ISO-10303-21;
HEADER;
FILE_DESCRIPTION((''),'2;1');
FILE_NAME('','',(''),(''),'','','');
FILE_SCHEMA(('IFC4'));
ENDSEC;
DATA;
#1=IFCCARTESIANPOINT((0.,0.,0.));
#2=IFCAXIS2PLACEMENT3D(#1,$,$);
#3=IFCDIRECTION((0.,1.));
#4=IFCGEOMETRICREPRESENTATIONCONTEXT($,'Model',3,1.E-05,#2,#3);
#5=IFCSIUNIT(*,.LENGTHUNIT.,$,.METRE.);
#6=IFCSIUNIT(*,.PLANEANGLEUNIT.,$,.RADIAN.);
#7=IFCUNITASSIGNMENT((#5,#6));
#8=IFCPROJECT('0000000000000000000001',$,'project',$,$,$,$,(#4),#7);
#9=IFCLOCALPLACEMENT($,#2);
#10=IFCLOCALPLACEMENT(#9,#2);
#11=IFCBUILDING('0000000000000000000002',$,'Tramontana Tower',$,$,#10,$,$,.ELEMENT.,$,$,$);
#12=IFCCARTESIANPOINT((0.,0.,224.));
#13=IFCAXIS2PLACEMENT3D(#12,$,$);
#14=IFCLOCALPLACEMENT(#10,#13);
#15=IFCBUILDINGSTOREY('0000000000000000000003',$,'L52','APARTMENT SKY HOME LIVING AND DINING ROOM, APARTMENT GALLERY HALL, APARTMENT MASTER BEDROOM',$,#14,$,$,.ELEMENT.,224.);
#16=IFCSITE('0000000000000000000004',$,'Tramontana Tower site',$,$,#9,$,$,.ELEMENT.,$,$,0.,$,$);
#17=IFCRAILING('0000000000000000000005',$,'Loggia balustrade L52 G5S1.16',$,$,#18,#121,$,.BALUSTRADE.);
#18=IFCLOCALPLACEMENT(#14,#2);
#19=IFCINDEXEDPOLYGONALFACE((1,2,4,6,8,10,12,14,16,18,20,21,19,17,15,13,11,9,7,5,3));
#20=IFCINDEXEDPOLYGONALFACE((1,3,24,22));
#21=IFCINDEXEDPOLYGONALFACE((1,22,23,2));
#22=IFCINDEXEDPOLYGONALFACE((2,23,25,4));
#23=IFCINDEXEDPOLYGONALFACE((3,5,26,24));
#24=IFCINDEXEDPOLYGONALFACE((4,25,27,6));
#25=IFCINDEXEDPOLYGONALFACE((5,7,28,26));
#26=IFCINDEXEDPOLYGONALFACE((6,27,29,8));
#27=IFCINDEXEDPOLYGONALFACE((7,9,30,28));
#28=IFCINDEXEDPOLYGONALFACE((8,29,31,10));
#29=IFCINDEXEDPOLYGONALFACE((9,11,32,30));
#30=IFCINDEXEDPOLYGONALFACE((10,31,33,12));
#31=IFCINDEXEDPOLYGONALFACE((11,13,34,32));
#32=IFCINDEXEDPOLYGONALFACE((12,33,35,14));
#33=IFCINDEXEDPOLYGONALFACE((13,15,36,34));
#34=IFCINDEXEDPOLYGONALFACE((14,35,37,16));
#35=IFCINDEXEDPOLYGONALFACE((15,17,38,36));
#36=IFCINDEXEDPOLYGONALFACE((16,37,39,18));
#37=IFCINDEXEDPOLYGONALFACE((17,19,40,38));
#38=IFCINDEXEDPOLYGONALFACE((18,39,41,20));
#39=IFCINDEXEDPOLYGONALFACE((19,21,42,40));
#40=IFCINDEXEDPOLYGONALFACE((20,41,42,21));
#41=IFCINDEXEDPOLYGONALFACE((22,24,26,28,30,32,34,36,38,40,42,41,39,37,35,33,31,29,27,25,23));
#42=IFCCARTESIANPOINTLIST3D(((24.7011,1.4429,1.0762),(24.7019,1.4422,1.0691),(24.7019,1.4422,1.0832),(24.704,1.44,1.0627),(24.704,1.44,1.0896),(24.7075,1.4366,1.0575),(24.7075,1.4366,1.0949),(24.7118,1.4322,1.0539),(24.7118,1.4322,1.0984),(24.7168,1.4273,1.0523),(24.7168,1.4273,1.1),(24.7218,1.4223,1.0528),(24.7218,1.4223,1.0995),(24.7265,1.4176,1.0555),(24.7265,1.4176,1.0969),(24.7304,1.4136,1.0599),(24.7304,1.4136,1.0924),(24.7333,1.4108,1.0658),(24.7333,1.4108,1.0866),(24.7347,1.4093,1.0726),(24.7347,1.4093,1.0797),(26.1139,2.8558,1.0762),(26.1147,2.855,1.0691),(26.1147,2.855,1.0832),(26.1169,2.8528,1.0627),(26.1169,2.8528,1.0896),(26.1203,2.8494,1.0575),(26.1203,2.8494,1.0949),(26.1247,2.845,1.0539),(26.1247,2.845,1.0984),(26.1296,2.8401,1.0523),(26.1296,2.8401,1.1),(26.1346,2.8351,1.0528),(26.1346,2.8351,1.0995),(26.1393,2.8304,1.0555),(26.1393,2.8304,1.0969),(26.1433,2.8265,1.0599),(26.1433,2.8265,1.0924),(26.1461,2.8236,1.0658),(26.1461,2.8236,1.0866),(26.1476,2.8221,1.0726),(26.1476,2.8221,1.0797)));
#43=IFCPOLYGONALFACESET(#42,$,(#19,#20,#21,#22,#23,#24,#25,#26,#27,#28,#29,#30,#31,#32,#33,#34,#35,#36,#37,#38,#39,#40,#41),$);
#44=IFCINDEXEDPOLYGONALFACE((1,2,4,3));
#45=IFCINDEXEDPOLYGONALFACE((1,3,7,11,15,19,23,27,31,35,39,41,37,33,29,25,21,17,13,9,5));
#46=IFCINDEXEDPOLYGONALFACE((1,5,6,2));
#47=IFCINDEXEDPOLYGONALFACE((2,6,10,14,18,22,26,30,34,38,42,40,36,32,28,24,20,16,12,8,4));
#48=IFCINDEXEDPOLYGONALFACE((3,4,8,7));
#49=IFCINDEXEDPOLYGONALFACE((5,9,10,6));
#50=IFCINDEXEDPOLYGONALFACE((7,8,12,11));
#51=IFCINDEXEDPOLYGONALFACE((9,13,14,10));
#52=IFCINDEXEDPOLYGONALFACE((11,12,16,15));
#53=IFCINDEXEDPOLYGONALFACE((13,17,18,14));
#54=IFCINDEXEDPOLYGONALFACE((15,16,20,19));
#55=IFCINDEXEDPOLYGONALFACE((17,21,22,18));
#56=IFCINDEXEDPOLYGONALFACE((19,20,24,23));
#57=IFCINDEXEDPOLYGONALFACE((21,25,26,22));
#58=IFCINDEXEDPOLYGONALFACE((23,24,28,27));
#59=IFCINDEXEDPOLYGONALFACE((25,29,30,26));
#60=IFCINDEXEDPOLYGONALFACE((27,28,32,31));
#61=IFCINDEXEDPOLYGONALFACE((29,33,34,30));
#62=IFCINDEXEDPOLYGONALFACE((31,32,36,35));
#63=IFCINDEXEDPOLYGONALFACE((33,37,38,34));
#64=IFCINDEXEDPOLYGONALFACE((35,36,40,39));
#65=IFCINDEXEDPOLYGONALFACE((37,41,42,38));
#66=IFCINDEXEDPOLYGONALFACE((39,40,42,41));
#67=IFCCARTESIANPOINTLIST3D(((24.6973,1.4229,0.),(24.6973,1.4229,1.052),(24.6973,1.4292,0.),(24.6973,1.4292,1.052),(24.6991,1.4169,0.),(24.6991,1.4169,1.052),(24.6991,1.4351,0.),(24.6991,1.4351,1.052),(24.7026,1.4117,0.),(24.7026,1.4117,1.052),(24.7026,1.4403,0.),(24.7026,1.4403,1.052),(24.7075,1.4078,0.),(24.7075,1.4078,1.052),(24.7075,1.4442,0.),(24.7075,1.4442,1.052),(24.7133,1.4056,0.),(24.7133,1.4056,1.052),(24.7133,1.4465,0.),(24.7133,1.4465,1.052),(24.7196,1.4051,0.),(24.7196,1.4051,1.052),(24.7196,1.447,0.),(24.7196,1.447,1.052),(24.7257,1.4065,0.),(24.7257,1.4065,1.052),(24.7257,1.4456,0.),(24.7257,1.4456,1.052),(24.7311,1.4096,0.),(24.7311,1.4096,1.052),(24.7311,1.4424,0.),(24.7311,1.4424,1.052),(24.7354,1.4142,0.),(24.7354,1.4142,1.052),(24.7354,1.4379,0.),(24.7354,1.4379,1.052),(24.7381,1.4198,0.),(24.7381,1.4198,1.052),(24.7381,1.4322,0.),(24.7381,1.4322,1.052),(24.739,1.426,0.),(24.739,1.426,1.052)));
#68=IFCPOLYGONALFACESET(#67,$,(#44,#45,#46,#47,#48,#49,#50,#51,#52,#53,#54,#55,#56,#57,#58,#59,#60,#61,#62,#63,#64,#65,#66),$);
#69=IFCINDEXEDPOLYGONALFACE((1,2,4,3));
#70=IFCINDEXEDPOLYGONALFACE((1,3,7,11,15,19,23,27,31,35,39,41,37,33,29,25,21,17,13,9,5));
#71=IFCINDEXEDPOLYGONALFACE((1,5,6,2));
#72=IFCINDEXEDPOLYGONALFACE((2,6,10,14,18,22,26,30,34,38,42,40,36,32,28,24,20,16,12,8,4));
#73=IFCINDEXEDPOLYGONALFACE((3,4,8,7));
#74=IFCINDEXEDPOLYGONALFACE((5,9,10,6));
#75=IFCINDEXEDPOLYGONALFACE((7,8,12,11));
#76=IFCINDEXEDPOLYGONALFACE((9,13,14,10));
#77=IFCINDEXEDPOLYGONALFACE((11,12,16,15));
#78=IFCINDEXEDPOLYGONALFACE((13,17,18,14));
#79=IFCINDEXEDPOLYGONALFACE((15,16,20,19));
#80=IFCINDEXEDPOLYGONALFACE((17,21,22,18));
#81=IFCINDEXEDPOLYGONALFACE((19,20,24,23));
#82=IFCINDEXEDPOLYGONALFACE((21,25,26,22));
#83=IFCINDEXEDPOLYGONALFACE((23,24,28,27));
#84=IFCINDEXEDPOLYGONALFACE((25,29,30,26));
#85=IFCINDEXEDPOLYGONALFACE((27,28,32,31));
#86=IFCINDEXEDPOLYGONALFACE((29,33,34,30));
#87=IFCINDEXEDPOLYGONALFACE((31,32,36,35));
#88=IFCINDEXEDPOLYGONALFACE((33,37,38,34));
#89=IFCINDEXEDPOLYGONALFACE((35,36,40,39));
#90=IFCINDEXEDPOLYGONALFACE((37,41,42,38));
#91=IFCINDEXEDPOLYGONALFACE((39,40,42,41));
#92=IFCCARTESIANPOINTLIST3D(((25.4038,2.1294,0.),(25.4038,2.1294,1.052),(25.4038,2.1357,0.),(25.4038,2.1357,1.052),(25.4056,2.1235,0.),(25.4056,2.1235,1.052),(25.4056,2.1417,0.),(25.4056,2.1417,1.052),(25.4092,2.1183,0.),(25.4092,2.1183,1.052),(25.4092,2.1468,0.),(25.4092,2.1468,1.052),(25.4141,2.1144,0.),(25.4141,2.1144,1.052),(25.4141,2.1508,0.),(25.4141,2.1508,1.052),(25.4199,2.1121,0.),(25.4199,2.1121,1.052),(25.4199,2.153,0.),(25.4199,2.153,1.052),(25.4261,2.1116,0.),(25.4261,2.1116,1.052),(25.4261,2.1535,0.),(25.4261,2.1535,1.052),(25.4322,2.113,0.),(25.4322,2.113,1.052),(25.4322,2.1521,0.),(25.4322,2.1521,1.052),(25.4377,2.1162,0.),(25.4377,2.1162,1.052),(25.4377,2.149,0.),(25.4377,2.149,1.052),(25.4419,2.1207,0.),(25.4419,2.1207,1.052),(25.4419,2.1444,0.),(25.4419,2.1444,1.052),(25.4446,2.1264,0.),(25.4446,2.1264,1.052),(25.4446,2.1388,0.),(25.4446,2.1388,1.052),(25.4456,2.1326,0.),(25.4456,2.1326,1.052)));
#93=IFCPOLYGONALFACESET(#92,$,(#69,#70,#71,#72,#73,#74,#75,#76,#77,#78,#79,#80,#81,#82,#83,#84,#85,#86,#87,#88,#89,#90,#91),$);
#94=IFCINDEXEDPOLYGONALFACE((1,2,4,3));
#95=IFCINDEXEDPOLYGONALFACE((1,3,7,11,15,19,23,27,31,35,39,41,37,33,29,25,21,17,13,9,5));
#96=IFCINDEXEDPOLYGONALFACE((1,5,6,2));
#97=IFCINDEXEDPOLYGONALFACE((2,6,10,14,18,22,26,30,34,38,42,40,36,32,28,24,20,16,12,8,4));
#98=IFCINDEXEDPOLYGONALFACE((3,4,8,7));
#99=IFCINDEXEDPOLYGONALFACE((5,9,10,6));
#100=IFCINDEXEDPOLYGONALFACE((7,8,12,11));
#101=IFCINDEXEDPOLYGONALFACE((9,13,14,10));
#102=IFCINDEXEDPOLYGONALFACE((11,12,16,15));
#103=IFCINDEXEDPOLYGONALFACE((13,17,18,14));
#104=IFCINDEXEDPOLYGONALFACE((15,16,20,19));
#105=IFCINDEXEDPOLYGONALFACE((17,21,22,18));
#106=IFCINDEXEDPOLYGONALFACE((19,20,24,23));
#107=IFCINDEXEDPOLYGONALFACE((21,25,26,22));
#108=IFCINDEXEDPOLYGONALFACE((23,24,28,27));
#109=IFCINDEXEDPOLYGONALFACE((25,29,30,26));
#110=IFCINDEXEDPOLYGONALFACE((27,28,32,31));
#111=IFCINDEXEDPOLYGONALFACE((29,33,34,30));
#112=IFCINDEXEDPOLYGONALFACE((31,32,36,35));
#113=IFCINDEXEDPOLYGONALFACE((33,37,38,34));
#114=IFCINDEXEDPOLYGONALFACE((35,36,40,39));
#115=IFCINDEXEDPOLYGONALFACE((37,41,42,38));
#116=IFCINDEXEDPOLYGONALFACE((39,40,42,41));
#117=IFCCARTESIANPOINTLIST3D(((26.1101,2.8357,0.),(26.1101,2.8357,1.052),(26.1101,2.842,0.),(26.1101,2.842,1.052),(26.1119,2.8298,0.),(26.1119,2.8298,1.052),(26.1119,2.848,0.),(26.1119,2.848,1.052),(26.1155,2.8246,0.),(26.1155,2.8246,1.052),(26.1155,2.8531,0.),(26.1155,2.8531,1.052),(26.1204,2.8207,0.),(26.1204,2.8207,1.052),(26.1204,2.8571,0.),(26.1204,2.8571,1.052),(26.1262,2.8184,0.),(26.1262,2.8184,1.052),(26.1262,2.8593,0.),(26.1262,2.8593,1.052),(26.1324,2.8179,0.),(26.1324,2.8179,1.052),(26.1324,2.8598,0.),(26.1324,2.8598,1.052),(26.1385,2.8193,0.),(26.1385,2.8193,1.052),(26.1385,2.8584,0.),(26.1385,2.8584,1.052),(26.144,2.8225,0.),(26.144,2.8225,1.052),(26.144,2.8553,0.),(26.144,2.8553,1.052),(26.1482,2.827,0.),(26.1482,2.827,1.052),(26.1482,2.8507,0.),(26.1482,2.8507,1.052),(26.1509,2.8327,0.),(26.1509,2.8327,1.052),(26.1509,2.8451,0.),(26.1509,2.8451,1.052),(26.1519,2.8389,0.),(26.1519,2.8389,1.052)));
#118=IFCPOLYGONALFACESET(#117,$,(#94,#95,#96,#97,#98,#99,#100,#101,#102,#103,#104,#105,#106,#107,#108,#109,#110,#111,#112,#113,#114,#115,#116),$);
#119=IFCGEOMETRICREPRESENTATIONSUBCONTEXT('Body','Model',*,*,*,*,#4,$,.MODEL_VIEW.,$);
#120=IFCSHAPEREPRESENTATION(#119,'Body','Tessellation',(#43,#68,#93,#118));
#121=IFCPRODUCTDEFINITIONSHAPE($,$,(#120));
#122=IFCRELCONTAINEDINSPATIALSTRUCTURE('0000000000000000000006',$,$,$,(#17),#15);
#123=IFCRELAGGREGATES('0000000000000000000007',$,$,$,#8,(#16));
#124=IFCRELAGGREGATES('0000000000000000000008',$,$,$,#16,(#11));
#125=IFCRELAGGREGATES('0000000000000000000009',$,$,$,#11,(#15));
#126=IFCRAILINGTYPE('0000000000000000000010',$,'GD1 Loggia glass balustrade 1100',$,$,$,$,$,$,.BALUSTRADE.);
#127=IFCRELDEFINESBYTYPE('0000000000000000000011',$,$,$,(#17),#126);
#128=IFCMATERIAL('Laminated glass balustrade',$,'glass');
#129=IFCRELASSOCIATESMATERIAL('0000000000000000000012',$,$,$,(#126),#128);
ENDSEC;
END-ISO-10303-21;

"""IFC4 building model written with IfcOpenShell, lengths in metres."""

from ifc_helpers import new_model, si_unit, direction, frame, origin, origin_2d, place, context, subcontext, project, spatial, circle, extrude, material, type_object, element, save


model = new_model("IFC4")

# Units and contexts
model_context = context("Model", 3, precision=1e-05, world=origin(), true_north=direction((0.0, 1.0)))
body_context = subcontext(model_context, "Body", "Model", "MODEL_VIEW")
ifc_project = project(units=[si_unit("LENGTHUNIT", "METRE"), si_unit("PLANEANGLEUNIT", "RADIAN")], contexts=[model_context])

# Site, building, storey
site_placement = place(None, origin())
site = spatial("IfcSite", under=ifc_project, at=site_placement, Name="Tramontana Tower site", CompositionType="ELEMENT", RefElevation=0.0)
building_placement = place(site_placement, origin())
building = spatial("IfcBuilding", under=site, at=building_placement, Name="Tramontana Tower", CompositionType="ELEMENT")
storey_placement = place(building_placement, frame((0.0, 0.0, 224.0)))
storey = spatial("IfcBuildingStorey", under=building, at=storey_placement, Name="L52", Description="APARTMENT SKY HOME LIVING AND DINING ROOM, APARTMENT GALLERY HALL, APARTMENT MASTER BEDROOM", CompositionType="ELEMENT", Elevation=224.0)

# Railing
ifc_material_1 = material(Name="Laminated glass balustrade", Category="glass")
railing_type = type_object("IfcRailingType", Name="GD1 Loggia glass balustrade 1100", PredefinedType="BALUSTRADE", material=ifc_material_1)
railing_placement = place(storey_placement, frame((24.718, 1.426, 0.0)))
element("IfcRailing", 1, at=railing_placement, inside=storey, type_object=railing_type, Name="Loggia balustrade L52 G5S1.16", PredefinedType="BALUSTRADE", context=body_context, shape_type="SweptSolid", body=[
    extrude(circle(Radius=0.0239, at=origin_2d()), frame((0.0, 0.0, 1.0762), z_axis=(0.707107, 0.707107, 0.0), x_axis=(-0.707107, 0.707107, 0.0)), (0.0, 0.0, 1.0), 1.998),
    extrude(circle(Radius=0.021, at=origin_2d()), origin(), (0.0, 0.0, 1.0), 1.052),
    extrude(circle(Radius=0.021, at=origin_2d()), frame((0.7065, 0.7065, 0.0)), (0.0, 0.0, 1.0), 1.052),
    extrude(circle(Radius=0.021, at=origin_2d()), frame((1.4128, 1.4128, 0.0)), (0.0, 0.0, 1.0), 1.052),
])

save(model, "model.ifc")
